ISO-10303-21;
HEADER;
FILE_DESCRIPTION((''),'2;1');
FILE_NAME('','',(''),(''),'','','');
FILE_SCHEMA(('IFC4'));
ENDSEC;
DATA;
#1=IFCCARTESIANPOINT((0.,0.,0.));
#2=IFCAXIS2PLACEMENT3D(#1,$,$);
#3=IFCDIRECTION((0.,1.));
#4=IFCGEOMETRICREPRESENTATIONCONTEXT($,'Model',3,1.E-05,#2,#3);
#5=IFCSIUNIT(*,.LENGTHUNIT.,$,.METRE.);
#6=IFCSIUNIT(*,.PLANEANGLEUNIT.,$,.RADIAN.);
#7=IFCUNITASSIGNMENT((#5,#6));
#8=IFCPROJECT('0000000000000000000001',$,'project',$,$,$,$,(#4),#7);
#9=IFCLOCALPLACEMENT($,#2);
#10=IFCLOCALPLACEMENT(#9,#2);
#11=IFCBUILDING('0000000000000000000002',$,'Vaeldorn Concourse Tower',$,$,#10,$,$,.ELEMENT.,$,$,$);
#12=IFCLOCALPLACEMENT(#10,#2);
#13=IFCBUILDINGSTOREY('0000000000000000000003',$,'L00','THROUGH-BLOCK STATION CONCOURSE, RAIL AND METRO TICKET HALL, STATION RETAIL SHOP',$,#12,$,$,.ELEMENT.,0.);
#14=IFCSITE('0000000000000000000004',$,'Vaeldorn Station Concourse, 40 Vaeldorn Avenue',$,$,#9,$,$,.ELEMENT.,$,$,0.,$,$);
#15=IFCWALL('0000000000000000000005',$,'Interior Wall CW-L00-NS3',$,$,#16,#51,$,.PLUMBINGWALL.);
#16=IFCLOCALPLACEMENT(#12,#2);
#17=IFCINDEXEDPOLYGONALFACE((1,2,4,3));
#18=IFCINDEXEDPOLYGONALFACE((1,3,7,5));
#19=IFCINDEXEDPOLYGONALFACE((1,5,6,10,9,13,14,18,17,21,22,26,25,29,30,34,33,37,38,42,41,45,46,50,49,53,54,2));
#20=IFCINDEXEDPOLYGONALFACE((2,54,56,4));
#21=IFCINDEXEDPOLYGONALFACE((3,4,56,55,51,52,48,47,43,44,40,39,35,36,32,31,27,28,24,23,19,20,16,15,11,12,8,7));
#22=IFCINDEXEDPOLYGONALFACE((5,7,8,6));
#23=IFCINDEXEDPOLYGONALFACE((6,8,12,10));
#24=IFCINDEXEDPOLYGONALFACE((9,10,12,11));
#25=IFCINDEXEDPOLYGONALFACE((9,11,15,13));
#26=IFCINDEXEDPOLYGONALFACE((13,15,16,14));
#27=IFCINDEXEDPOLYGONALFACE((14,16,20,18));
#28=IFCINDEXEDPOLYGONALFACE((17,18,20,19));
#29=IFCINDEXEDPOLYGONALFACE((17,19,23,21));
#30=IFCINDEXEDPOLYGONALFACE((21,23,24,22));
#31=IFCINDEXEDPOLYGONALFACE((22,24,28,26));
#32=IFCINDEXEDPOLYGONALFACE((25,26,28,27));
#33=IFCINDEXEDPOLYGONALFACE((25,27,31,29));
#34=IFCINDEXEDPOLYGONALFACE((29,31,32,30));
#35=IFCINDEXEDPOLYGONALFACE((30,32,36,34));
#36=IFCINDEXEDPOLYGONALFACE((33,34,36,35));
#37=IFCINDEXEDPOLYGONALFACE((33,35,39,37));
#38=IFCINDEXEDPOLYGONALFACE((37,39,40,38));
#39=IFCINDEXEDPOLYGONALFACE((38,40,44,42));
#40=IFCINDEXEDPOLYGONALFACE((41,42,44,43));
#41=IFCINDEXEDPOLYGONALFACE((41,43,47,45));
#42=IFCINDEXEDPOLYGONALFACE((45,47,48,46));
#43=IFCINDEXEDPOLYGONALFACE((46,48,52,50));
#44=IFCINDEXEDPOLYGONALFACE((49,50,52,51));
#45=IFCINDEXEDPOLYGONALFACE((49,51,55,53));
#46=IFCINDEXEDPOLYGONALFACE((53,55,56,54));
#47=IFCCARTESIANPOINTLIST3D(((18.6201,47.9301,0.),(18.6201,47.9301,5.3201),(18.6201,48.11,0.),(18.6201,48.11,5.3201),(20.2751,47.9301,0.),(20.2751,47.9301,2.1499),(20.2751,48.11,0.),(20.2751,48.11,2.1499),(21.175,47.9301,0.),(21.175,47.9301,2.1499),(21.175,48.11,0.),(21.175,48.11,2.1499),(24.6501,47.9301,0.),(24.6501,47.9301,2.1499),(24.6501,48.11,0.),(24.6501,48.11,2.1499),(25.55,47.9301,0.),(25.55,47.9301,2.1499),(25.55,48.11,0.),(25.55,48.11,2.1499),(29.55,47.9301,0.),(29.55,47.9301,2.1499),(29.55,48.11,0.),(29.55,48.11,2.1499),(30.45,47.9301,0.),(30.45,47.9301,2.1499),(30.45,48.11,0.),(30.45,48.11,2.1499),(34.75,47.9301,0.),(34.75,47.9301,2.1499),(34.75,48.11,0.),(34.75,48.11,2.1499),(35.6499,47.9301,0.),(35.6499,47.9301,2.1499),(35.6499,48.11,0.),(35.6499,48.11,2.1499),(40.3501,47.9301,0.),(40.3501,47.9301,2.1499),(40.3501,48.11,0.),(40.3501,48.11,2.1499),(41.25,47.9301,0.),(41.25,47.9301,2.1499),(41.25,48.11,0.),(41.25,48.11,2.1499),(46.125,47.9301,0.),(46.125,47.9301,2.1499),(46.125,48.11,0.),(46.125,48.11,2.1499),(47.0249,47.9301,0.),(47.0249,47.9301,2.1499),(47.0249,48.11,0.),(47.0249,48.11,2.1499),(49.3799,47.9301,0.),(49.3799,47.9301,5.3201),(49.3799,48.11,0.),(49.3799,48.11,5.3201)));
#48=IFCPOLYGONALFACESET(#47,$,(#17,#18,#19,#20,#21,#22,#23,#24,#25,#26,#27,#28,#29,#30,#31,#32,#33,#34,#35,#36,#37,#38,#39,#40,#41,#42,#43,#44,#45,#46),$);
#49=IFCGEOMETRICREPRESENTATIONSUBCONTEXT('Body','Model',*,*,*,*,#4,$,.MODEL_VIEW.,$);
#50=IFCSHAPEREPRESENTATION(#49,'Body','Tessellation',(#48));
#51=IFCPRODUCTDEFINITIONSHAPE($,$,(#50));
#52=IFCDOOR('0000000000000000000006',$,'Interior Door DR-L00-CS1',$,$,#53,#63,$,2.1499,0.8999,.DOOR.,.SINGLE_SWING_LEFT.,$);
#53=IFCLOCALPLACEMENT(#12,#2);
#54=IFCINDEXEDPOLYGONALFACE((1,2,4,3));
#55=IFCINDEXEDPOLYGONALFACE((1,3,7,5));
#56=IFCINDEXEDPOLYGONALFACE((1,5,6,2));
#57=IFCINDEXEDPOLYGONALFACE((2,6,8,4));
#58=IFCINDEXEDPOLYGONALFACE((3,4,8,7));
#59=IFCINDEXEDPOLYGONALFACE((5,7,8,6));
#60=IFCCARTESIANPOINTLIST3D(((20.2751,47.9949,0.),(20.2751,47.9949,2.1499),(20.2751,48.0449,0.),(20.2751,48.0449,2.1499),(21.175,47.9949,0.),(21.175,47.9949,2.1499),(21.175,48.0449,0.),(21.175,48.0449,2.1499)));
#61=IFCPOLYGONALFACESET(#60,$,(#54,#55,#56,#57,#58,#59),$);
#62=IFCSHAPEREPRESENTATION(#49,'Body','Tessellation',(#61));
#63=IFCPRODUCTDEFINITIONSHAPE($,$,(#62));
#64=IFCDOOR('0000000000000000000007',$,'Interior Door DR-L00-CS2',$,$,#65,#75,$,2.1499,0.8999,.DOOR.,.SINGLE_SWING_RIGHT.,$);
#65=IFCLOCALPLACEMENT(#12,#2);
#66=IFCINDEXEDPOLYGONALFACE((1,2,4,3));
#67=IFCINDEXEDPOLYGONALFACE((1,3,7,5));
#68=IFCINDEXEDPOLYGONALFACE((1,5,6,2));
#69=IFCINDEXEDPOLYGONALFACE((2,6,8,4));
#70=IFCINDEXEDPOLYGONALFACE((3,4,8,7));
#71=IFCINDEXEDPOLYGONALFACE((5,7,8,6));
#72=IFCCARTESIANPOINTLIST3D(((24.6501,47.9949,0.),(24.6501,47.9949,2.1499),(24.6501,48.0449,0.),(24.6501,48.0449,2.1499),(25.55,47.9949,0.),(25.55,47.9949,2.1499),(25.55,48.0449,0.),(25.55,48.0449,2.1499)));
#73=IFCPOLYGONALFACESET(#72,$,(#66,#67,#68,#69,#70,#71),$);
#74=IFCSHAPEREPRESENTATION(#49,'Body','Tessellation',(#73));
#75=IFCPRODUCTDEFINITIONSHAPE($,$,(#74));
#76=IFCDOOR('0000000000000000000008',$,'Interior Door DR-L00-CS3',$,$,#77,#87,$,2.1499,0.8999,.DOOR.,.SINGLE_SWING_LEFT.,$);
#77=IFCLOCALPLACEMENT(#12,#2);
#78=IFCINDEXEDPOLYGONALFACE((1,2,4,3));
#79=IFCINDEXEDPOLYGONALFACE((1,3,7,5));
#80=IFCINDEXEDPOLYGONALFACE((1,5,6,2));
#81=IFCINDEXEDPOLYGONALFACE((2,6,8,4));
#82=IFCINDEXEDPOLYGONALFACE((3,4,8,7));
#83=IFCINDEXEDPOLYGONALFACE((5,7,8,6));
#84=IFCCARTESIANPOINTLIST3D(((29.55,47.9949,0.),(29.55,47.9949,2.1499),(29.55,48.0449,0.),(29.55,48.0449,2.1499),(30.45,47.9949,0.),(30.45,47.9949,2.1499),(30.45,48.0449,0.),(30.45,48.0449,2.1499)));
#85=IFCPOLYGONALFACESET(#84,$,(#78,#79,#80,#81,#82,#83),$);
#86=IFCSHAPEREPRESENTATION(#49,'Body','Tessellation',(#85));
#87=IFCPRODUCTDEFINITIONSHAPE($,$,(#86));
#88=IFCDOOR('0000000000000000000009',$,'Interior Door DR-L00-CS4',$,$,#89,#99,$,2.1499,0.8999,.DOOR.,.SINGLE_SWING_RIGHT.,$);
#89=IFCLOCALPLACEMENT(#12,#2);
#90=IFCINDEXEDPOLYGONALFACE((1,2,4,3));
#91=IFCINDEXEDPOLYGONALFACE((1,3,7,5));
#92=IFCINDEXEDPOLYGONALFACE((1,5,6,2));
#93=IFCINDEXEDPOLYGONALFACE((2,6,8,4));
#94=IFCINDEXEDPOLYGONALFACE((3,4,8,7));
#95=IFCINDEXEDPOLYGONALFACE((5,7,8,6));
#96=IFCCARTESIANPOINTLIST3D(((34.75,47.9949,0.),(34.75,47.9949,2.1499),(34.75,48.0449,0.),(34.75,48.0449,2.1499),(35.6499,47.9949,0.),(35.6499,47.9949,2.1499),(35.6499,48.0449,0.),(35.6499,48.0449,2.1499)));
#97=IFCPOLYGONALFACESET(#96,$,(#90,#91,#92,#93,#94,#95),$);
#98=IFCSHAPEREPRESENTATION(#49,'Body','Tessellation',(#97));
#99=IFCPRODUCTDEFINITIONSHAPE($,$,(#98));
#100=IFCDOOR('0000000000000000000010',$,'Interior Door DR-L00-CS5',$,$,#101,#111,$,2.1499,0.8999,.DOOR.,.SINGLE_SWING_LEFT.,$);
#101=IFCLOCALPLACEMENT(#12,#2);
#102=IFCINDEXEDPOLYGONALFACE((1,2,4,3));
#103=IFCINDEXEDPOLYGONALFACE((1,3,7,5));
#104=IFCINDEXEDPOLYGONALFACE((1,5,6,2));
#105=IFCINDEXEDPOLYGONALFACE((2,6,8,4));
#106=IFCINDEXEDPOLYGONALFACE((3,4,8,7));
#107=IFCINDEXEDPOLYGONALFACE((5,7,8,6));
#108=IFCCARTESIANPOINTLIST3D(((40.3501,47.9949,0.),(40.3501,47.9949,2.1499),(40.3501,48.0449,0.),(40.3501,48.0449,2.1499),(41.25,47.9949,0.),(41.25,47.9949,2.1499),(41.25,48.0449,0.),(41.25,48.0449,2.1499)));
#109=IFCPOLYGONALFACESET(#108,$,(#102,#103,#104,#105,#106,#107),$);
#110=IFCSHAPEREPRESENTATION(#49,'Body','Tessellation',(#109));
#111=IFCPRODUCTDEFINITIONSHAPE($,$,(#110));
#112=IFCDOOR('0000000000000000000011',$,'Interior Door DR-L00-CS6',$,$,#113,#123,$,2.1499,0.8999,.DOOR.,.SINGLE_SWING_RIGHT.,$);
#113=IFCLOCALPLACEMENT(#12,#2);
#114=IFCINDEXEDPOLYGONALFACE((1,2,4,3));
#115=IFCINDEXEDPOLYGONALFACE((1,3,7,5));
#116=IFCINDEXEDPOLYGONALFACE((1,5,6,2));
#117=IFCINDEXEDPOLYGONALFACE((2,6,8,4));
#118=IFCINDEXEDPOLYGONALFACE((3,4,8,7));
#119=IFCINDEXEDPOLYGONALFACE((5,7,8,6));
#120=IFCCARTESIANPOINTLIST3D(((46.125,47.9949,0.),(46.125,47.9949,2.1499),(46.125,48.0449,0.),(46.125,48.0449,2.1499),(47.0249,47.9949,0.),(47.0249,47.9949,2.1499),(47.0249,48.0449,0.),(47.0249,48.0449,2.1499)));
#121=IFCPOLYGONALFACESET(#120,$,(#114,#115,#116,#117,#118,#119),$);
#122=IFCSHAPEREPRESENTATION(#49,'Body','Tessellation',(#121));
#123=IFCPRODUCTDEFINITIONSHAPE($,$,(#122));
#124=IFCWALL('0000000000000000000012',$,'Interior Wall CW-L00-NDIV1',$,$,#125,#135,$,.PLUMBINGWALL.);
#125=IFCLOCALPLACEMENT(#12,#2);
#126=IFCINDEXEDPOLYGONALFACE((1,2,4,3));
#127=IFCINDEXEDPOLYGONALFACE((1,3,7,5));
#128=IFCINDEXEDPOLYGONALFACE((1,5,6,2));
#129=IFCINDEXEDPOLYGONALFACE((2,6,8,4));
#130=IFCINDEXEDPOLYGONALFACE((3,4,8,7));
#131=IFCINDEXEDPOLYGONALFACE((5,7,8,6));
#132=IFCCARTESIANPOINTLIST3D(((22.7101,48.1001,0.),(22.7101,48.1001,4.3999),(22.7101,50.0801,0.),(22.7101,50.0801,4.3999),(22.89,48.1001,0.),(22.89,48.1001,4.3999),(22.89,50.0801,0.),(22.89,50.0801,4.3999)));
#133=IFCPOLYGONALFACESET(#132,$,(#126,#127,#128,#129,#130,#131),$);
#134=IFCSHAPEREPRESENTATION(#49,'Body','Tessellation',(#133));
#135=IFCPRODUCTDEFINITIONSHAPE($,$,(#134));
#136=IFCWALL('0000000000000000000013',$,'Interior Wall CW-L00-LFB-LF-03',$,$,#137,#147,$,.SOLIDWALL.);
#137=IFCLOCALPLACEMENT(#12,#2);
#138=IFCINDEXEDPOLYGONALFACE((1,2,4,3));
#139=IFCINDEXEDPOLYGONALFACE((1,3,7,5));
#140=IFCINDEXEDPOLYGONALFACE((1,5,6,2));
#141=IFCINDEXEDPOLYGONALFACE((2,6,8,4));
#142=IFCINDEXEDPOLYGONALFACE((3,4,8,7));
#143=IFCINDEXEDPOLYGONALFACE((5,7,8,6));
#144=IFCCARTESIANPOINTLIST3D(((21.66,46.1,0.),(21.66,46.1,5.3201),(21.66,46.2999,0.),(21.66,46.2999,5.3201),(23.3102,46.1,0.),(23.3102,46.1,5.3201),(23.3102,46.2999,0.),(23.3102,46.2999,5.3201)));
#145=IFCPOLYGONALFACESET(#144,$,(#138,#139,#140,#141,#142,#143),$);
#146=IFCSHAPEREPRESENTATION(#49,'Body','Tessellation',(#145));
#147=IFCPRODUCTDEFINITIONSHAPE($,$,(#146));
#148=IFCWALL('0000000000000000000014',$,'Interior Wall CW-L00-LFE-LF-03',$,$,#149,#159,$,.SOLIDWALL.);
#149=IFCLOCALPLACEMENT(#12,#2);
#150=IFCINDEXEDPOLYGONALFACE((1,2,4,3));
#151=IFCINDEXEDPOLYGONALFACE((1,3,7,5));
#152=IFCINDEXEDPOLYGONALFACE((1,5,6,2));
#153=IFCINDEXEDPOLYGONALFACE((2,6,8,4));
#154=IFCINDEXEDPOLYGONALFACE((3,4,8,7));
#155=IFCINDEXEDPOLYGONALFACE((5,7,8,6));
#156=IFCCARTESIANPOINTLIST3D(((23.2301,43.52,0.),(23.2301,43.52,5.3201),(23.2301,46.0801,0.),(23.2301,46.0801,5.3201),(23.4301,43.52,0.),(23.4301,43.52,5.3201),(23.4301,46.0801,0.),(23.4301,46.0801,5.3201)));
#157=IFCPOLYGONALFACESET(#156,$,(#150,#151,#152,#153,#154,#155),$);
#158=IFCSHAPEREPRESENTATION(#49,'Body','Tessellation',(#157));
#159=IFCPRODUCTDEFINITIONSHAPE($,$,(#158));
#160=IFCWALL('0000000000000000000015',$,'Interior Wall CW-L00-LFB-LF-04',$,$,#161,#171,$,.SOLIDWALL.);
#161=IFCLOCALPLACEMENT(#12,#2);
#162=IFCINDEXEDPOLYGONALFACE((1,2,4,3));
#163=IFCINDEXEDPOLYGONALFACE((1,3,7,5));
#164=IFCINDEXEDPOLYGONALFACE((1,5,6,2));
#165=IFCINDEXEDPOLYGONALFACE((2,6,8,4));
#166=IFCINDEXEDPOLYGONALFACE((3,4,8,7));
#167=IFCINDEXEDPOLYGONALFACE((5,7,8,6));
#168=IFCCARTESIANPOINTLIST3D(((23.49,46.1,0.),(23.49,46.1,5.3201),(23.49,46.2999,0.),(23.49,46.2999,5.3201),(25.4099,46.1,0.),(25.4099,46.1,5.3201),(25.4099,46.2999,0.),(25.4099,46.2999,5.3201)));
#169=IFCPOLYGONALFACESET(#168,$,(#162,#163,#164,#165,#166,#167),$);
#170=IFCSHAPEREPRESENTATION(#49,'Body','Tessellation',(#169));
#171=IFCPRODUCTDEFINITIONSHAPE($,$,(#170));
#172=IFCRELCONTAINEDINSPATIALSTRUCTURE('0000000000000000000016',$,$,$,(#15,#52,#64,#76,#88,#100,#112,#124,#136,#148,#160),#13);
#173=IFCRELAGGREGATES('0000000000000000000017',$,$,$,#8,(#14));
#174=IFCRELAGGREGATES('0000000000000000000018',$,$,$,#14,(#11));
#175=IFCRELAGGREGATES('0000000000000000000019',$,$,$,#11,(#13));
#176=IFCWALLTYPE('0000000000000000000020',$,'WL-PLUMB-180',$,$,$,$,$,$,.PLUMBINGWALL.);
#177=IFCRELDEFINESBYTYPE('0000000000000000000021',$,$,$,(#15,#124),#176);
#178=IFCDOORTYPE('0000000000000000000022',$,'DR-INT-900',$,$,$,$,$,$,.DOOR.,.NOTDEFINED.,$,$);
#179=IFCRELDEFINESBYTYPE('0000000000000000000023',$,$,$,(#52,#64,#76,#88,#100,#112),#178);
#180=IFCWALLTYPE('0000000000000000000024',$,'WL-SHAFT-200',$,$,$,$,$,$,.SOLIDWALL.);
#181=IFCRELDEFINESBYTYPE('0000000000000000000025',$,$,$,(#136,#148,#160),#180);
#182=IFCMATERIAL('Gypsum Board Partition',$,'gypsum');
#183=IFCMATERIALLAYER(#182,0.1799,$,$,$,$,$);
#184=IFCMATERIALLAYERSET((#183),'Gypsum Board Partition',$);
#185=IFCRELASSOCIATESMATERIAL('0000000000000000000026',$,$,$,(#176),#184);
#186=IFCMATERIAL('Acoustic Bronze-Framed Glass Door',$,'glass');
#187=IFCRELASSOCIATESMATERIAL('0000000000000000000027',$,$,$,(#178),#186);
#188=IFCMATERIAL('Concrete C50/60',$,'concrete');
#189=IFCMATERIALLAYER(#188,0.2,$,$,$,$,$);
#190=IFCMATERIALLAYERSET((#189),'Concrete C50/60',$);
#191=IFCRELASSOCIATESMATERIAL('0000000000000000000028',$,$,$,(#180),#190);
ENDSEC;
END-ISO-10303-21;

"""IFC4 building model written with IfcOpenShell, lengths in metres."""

from ifc_helpers import new_model, si_unit, direction, frame, frame_2d, origin, place, context, subcontext, project, spatial, rectangle, extrude, source, transform, mapped, material, layer, layer_set, type_object, element, fill, save


model = new_model("IFC4")

# Units and contexts
model_context = context("Model", 3, precision=1e-05, world=origin(), true_north=direction((0.0, 1.0)))
body_context = subcontext(model_context, "Body", "Model", "MODEL_VIEW")
ifc_project = project(units=[si_unit("LENGTHUNIT", "METRE"), si_unit("PLANEANGLEUNIT", "RADIAN")], contexts=[model_context])

# Site, building, storey
site_placement = place(None, origin())
site = spatial("IfcSite", under=ifc_project, at=site_placement, Name="Vaeldorn Station Concourse, 40 Vaeldorn Avenue", CompositionType="ELEMENT", RefElevation=0.0)
building_placement = place(site_placement, origin())
building = spatial("IfcBuilding", under=site, at=building_placement, Name="Vaeldorn Concourse Tower", CompositionType="ELEMENT")
storey_placement = place(building_placement, origin())
storey = spatial("IfcBuildingStorey", under=building, at=storey_placement, Name="L00", Description="THROUGH-BLOCK STATION CONCOURSE, RAIL AND METRO TICKET HALL, STATION RETAIL SHOP", CompositionType="ELEMENT", Elevation=0.0)

# Wall, openings, doors
ifc_material_1 = material(Name="Gypsum Board Partition", Category="gypsum")
ifc_layer_1 = layer(ifc_material_1, 0.1799)
ifc_layer_set_1 = layer_set([ifc_layer_1], Name="Gypsum Board Partition")
wall_type_1 = type_object("IfcWallType", Name="WL-PLUMB-180", PredefinedType="PLUMBINGWALL", material=ifc_layer_set_1)
wall_1_placement = place(storey_placement, frame((18.6201, 48.02, 0.0), z_axis=(0.0, 0.0, 1.0), x_axis=(1.0, 0.0, 0.0)))
wall_1 = element("IfcWall", 1, at=wall_1_placement, inside=storey, type_object=wall_type_1, Name="Interior Wall CW-L00-NS3", PredefinedType="PLUMBINGWALL", context=body_context, shape_type="SweptSolid", body=[
    extrude(rectangle(XDim=30.7598, YDim=0.1799, at=frame_2d((15.3799, 0.0))), origin(), (0.0, 0.0, 1.0), 5.3201),
])
opening_1_placement = place(wall_1_placement, frame((1.655, 0.0, 0.0)))
opening_1 = element("IfcOpeningElement", 2, at=opening_1_placement, cuts=wall_1, PredefinedType="OPENING", context=body_context, shape_type="SweptSolid", body=[
    extrude(rectangle(XDim=0.8999, YDim=2.1499, at=frame_2d((0.45, 1.075))), frame((0.0, 0.1001, 0.0), z_axis=(0.0, -1.0, 0.0), x_axis=(1.0, 0.0, 0.0)), (0.0, 0.0, 1.0), 0.2),
])
opening_2_placement = place(wall_1_placement, frame((6.03, 0.0, 0.0)))
opening_2 = element("IfcOpeningElement", 3, at=opening_2_placement, cuts=wall_1, PredefinedType="OPENING", context=body_context, shape_type="SweptSolid", body=[
    extrude(rectangle(XDim=0.8999, YDim=2.1499, at=frame_2d((0.45, 1.075))), frame((0.0, 0.1001, 0.0), z_axis=(0.0, -1.0, 0.0), x_axis=(1.0, 0.0, 0.0)), (0.0, 0.0, 1.0), 0.2),
])
opening_3_placement = place(wall_1_placement, frame((10.9299, 0.0, 0.0)))
opening_3 = element("IfcOpeningElement", 4, at=opening_3_placement, cuts=wall_1, PredefinedType="OPENING", context=body_context, shape_type="SweptSolid", body=[
    extrude(rectangle(XDim=0.8999, YDim=2.1499, at=frame_2d((0.45, 1.075))), frame((0.0, 0.1001, 0.0), z_axis=(0.0, -1.0, 0.0), x_axis=(1.0, 0.0, 0.0)), (0.0, 0.0, 1.0), 0.2),
])
opening_4_placement = place(wall_1_placement, frame((16.1299, 0.0, 0.0)))
opening_4 = element("IfcOpeningElement", 5, at=opening_4_placement, cuts=wall_1, PredefinedType="OPENING", context=body_context, shape_type="SweptSolid", body=[
    extrude(rectangle(XDim=0.8999, YDim=2.1499, at=frame_2d((0.45, 1.075))), frame((0.0, 0.1001, 0.0), z_axis=(0.0, -1.0, 0.0), x_axis=(1.0, 0.0, 0.0)), (0.0, 0.0, 1.0), 0.2),
])
opening_5_placement = place(wall_1_placement, frame((21.73, 0.0, 0.0)))
opening_5 = element("IfcOpeningElement", 6, at=opening_5_placement, cuts=wall_1, PredefinedType="OPENING", context=body_context, shape_type="SweptSolid", body=[
    extrude(rectangle(XDim=0.8999, YDim=2.1499, at=frame_2d((0.45, 1.075))), frame((0.0, 0.1001, 0.0), z_axis=(0.0, -1.0, 0.0), x_axis=(1.0, 0.0, 0.0)), (0.0, 0.0, 1.0), 0.2),
])
opening_6_placement = place(wall_1_placement, frame((27.5049, 0.0, 0.0)))
opening_6 = element("IfcOpeningElement", 7, at=opening_6_placement, cuts=wall_1, PredefinedType="OPENING", context=body_context, shape_type="SweptSolid", body=[
    extrude(rectangle(XDim=0.8999, YDim=2.1499, at=frame_2d((0.45, 1.075))), frame((0.0, 0.1001, 0.0), z_axis=(0.0, -1.0, 0.0), x_axis=(1.0, 0.0, 0.0)), (0.0, 0.0, 1.0), 0.2),
])
ifc_material_2 = material(Name="Acoustic Bronze-Framed Glass Door", Category="glass")
door_type_1 = type_object("IfcDoorType", Name="DR-INT-900", OperationType="NOTDEFINED", PredefinedType="DOOR", material=ifc_material_2)
shared_shape_1 = source(origin(), body_context, "Body", "SweptSolid", [
    extrude(rectangle(XDim=0.8999, YDim=2.1499, at=frame_2d((0.45, 1.075))), frame((0.0, 0.0249, 0.0), z_axis=(0.0, -1.0, 0.0), x_axis=(1.0, 0.0, 0.0)), (0.0, 0.0, 1.0), 0.05),
])
door_1_placement = place(opening_1_placement, origin())
door_1 = element("IfcDoor", 8, at=door_1_placement, inside=storey, type_object=door_type_1, Name="Interior Door DR-L00-CS1", OperationType="SINGLE_SWING_LEFT", OverallHeight=2.1499, OverallWidth=0.8999, PredefinedType="DOOR", context=body_context, shape_type="MappedRepresentation", body=[
    mapped(shared_shape_1, transform((0.0, 0.0, 0.0), scale=1.0)),
])
fill(opening_1, door_1)
door_2_placement = place(opening_2_placement, origin())
door_2 = element("IfcDoor", 9, at=door_2_placement, inside=storey, type_object=door_type_1, Name="Interior Door DR-L00-CS2", OperationType="SINGLE_SWING_RIGHT", OverallHeight=2.1499, OverallWidth=0.8999, PredefinedType="DOOR", context=body_context, shape_type="MappedRepresentation", body=[
    mapped(shared_shape_1, transform((0.0, 0.0, 0.0), scale=1.0)),
])
fill(opening_2, door_2)
door_3_placement = place(opening_3_placement, origin())
door_3 = element("IfcDoor", 10, at=door_3_placement, inside=storey, type_object=door_type_1, Name="Interior Door DR-L00-CS3", OperationType="SINGLE_SWING_LEFT", OverallHeight=2.1499, OverallWidth=0.8999, PredefinedType="DOOR", context=body_context, shape_type="MappedRepresentation", body=[
    mapped(shared_shape_1, transform((0.0, 0.0, 0.0), scale=1.0)),
])
fill(opening_3, door_3)
door_4_placement = place(opening_4_placement, origin())
door_4 = element("IfcDoor", 11, at=door_4_placement, inside=storey, type_object=door_type_1, Name="Interior Door DR-L00-CS4", OperationType="SINGLE_SWING_RIGHT", OverallHeight=2.1499, OverallWidth=0.8999, PredefinedType="DOOR", context=body_context, shape_type="MappedRepresentation", body=[
    mapped(shared_shape_1, transform((0.0, 0.0, 0.0), scale=1.0)),
])
fill(opening_4, door_4)
door_5_placement = place(opening_5_placement, origin())
door_5 = element("IfcDoor", 12, at=door_5_placement, inside=storey, type_object=door_type_1, Name="Interior Door DR-L00-CS5", OperationType="SINGLE_SWING_LEFT", OverallHeight=2.1499, OverallWidth=0.8999, PredefinedType="DOOR", context=body_context, shape_type="MappedRepresentation", body=[
    mapped(shared_shape_1, transform((0.0, 0.0, 0.0), scale=1.0)),
])
fill(opening_5, door_5)
door_6_placement = place(opening_6_placement, origin())
door_6 = element("IfcDoor", 13, at=door_6_placement, inside=storey, type_object=door_type_1, Name="Interior Door DR-L00-CS6", OperationType="SINGLE_SWING_RIGHT", OverallHeight=2.1499, OverallWidth=0.8999, PredefinedType="DOOR", context=body_context, shape_type="MappedRepresentation", body=[
    mapped(shared_shape_1, transform((0.0, 0.0, 0.0), scale=1.0)),
])
fill(opening_6, door_6)

# Walls
wall_2_placement = place(storey_placement, frame((22.8, 48.1001, 0.0), z_axis=(0.0, 0.0, 1.0), x_axis=(0.0, 1.0, 0.0)))
element("IfcWall", 14, at=wall_2_placement, inside=storey, type_object=wall_type_1, Name="Interior Wall CW-L00-NDIV1", PredefinedType="PLUMBINGWALL", context=body_context, shape_type="SweptSolid", body=[
    extrude(rectangle(XDim=1.98, YDim=0.1799, at=frame_2d((0.99, 0.0))), origin(), (0.0, 0.0, 1.0), 4.3999),
])
ifc_material_3 = material(Name="Concrete C50/60", Category="concrete")
ifc_layer_2 = layer(ifc_material_3, 0.2)
ifc_layer_set_2 = layer_set([ifc_layer_2], Name="Concrete C50/60")
wall_type_2 = type_object("IfcWallType", Name="WL-SHAFT-200", PredefinedType="SOLIDWALL", material=ifc_layer_set_2)
wall_3_placement = place(storey_placement, frame((21.6599, 46.2, 0.0), z_axis=(0.0, 0.0, 1.0), x_axis=(1.0, 0.0, 0.0)))
element("IfcWall", 15, at=wall_3_placement, inside=storey, type_object=wall_type_2, Name="Interior Wall CW-L00-LFB-LF-03", PredefinedType="SOLIDWALL", context=body_context, shape_type="SweptSolid", body=[
    extrude(rectangle(XDim=1.6501, YDim=0.2, at=frame_2d((0.8252, 0.0))), origin(), (0.0, 0.0, 1.0), 5.3201),
])
wall_4_placement = place(storey_placement, frame((23.3301, 43.52, 0.0), z_axis=(0.0, 0.0, 1.0), x_axis=(0.0, 1.0, 0.0)))
element("IfcWall", 16, at=wall_4_placement, inside=storey, type_object=wall_type_2, Name="Interior Wall CW-L00-LFE-LF-03", PredefinedType="SOLIDWALL", context=body_context, shape_type="SweptSolid", body=[
    extrude(rectangle(XDim=2.5601, YDim=0.2, at=frame_2d((1.28, 0.0))), origin(), (0.0, 0.0, 1.0), 5.3201),
])

# Wall
wall_5_placement = place(storey_placement, frame((23.49, 46.2, 0.0), z_axis=(0.0, 0.0, 1.0), x_axis=(1.0, 0.0, 0.0)))
element("IfcWall", 17, at=wall_5_placement, inside=storey, type_object=wall_type_2, Name="Interior Wall CW-L00-LFB-LF-04", PredefinedType="SOLIDWALL", context=body_context, shape_type="SweptSolid", body=[
    extrude(rectangle(XDim=1.9199, YDim=0.2, at=frame_2d((0.96, 0.0))), origin(), (0.0, 0.0, 1.0), 5.3201),
])

save(model, "model.ifc")
